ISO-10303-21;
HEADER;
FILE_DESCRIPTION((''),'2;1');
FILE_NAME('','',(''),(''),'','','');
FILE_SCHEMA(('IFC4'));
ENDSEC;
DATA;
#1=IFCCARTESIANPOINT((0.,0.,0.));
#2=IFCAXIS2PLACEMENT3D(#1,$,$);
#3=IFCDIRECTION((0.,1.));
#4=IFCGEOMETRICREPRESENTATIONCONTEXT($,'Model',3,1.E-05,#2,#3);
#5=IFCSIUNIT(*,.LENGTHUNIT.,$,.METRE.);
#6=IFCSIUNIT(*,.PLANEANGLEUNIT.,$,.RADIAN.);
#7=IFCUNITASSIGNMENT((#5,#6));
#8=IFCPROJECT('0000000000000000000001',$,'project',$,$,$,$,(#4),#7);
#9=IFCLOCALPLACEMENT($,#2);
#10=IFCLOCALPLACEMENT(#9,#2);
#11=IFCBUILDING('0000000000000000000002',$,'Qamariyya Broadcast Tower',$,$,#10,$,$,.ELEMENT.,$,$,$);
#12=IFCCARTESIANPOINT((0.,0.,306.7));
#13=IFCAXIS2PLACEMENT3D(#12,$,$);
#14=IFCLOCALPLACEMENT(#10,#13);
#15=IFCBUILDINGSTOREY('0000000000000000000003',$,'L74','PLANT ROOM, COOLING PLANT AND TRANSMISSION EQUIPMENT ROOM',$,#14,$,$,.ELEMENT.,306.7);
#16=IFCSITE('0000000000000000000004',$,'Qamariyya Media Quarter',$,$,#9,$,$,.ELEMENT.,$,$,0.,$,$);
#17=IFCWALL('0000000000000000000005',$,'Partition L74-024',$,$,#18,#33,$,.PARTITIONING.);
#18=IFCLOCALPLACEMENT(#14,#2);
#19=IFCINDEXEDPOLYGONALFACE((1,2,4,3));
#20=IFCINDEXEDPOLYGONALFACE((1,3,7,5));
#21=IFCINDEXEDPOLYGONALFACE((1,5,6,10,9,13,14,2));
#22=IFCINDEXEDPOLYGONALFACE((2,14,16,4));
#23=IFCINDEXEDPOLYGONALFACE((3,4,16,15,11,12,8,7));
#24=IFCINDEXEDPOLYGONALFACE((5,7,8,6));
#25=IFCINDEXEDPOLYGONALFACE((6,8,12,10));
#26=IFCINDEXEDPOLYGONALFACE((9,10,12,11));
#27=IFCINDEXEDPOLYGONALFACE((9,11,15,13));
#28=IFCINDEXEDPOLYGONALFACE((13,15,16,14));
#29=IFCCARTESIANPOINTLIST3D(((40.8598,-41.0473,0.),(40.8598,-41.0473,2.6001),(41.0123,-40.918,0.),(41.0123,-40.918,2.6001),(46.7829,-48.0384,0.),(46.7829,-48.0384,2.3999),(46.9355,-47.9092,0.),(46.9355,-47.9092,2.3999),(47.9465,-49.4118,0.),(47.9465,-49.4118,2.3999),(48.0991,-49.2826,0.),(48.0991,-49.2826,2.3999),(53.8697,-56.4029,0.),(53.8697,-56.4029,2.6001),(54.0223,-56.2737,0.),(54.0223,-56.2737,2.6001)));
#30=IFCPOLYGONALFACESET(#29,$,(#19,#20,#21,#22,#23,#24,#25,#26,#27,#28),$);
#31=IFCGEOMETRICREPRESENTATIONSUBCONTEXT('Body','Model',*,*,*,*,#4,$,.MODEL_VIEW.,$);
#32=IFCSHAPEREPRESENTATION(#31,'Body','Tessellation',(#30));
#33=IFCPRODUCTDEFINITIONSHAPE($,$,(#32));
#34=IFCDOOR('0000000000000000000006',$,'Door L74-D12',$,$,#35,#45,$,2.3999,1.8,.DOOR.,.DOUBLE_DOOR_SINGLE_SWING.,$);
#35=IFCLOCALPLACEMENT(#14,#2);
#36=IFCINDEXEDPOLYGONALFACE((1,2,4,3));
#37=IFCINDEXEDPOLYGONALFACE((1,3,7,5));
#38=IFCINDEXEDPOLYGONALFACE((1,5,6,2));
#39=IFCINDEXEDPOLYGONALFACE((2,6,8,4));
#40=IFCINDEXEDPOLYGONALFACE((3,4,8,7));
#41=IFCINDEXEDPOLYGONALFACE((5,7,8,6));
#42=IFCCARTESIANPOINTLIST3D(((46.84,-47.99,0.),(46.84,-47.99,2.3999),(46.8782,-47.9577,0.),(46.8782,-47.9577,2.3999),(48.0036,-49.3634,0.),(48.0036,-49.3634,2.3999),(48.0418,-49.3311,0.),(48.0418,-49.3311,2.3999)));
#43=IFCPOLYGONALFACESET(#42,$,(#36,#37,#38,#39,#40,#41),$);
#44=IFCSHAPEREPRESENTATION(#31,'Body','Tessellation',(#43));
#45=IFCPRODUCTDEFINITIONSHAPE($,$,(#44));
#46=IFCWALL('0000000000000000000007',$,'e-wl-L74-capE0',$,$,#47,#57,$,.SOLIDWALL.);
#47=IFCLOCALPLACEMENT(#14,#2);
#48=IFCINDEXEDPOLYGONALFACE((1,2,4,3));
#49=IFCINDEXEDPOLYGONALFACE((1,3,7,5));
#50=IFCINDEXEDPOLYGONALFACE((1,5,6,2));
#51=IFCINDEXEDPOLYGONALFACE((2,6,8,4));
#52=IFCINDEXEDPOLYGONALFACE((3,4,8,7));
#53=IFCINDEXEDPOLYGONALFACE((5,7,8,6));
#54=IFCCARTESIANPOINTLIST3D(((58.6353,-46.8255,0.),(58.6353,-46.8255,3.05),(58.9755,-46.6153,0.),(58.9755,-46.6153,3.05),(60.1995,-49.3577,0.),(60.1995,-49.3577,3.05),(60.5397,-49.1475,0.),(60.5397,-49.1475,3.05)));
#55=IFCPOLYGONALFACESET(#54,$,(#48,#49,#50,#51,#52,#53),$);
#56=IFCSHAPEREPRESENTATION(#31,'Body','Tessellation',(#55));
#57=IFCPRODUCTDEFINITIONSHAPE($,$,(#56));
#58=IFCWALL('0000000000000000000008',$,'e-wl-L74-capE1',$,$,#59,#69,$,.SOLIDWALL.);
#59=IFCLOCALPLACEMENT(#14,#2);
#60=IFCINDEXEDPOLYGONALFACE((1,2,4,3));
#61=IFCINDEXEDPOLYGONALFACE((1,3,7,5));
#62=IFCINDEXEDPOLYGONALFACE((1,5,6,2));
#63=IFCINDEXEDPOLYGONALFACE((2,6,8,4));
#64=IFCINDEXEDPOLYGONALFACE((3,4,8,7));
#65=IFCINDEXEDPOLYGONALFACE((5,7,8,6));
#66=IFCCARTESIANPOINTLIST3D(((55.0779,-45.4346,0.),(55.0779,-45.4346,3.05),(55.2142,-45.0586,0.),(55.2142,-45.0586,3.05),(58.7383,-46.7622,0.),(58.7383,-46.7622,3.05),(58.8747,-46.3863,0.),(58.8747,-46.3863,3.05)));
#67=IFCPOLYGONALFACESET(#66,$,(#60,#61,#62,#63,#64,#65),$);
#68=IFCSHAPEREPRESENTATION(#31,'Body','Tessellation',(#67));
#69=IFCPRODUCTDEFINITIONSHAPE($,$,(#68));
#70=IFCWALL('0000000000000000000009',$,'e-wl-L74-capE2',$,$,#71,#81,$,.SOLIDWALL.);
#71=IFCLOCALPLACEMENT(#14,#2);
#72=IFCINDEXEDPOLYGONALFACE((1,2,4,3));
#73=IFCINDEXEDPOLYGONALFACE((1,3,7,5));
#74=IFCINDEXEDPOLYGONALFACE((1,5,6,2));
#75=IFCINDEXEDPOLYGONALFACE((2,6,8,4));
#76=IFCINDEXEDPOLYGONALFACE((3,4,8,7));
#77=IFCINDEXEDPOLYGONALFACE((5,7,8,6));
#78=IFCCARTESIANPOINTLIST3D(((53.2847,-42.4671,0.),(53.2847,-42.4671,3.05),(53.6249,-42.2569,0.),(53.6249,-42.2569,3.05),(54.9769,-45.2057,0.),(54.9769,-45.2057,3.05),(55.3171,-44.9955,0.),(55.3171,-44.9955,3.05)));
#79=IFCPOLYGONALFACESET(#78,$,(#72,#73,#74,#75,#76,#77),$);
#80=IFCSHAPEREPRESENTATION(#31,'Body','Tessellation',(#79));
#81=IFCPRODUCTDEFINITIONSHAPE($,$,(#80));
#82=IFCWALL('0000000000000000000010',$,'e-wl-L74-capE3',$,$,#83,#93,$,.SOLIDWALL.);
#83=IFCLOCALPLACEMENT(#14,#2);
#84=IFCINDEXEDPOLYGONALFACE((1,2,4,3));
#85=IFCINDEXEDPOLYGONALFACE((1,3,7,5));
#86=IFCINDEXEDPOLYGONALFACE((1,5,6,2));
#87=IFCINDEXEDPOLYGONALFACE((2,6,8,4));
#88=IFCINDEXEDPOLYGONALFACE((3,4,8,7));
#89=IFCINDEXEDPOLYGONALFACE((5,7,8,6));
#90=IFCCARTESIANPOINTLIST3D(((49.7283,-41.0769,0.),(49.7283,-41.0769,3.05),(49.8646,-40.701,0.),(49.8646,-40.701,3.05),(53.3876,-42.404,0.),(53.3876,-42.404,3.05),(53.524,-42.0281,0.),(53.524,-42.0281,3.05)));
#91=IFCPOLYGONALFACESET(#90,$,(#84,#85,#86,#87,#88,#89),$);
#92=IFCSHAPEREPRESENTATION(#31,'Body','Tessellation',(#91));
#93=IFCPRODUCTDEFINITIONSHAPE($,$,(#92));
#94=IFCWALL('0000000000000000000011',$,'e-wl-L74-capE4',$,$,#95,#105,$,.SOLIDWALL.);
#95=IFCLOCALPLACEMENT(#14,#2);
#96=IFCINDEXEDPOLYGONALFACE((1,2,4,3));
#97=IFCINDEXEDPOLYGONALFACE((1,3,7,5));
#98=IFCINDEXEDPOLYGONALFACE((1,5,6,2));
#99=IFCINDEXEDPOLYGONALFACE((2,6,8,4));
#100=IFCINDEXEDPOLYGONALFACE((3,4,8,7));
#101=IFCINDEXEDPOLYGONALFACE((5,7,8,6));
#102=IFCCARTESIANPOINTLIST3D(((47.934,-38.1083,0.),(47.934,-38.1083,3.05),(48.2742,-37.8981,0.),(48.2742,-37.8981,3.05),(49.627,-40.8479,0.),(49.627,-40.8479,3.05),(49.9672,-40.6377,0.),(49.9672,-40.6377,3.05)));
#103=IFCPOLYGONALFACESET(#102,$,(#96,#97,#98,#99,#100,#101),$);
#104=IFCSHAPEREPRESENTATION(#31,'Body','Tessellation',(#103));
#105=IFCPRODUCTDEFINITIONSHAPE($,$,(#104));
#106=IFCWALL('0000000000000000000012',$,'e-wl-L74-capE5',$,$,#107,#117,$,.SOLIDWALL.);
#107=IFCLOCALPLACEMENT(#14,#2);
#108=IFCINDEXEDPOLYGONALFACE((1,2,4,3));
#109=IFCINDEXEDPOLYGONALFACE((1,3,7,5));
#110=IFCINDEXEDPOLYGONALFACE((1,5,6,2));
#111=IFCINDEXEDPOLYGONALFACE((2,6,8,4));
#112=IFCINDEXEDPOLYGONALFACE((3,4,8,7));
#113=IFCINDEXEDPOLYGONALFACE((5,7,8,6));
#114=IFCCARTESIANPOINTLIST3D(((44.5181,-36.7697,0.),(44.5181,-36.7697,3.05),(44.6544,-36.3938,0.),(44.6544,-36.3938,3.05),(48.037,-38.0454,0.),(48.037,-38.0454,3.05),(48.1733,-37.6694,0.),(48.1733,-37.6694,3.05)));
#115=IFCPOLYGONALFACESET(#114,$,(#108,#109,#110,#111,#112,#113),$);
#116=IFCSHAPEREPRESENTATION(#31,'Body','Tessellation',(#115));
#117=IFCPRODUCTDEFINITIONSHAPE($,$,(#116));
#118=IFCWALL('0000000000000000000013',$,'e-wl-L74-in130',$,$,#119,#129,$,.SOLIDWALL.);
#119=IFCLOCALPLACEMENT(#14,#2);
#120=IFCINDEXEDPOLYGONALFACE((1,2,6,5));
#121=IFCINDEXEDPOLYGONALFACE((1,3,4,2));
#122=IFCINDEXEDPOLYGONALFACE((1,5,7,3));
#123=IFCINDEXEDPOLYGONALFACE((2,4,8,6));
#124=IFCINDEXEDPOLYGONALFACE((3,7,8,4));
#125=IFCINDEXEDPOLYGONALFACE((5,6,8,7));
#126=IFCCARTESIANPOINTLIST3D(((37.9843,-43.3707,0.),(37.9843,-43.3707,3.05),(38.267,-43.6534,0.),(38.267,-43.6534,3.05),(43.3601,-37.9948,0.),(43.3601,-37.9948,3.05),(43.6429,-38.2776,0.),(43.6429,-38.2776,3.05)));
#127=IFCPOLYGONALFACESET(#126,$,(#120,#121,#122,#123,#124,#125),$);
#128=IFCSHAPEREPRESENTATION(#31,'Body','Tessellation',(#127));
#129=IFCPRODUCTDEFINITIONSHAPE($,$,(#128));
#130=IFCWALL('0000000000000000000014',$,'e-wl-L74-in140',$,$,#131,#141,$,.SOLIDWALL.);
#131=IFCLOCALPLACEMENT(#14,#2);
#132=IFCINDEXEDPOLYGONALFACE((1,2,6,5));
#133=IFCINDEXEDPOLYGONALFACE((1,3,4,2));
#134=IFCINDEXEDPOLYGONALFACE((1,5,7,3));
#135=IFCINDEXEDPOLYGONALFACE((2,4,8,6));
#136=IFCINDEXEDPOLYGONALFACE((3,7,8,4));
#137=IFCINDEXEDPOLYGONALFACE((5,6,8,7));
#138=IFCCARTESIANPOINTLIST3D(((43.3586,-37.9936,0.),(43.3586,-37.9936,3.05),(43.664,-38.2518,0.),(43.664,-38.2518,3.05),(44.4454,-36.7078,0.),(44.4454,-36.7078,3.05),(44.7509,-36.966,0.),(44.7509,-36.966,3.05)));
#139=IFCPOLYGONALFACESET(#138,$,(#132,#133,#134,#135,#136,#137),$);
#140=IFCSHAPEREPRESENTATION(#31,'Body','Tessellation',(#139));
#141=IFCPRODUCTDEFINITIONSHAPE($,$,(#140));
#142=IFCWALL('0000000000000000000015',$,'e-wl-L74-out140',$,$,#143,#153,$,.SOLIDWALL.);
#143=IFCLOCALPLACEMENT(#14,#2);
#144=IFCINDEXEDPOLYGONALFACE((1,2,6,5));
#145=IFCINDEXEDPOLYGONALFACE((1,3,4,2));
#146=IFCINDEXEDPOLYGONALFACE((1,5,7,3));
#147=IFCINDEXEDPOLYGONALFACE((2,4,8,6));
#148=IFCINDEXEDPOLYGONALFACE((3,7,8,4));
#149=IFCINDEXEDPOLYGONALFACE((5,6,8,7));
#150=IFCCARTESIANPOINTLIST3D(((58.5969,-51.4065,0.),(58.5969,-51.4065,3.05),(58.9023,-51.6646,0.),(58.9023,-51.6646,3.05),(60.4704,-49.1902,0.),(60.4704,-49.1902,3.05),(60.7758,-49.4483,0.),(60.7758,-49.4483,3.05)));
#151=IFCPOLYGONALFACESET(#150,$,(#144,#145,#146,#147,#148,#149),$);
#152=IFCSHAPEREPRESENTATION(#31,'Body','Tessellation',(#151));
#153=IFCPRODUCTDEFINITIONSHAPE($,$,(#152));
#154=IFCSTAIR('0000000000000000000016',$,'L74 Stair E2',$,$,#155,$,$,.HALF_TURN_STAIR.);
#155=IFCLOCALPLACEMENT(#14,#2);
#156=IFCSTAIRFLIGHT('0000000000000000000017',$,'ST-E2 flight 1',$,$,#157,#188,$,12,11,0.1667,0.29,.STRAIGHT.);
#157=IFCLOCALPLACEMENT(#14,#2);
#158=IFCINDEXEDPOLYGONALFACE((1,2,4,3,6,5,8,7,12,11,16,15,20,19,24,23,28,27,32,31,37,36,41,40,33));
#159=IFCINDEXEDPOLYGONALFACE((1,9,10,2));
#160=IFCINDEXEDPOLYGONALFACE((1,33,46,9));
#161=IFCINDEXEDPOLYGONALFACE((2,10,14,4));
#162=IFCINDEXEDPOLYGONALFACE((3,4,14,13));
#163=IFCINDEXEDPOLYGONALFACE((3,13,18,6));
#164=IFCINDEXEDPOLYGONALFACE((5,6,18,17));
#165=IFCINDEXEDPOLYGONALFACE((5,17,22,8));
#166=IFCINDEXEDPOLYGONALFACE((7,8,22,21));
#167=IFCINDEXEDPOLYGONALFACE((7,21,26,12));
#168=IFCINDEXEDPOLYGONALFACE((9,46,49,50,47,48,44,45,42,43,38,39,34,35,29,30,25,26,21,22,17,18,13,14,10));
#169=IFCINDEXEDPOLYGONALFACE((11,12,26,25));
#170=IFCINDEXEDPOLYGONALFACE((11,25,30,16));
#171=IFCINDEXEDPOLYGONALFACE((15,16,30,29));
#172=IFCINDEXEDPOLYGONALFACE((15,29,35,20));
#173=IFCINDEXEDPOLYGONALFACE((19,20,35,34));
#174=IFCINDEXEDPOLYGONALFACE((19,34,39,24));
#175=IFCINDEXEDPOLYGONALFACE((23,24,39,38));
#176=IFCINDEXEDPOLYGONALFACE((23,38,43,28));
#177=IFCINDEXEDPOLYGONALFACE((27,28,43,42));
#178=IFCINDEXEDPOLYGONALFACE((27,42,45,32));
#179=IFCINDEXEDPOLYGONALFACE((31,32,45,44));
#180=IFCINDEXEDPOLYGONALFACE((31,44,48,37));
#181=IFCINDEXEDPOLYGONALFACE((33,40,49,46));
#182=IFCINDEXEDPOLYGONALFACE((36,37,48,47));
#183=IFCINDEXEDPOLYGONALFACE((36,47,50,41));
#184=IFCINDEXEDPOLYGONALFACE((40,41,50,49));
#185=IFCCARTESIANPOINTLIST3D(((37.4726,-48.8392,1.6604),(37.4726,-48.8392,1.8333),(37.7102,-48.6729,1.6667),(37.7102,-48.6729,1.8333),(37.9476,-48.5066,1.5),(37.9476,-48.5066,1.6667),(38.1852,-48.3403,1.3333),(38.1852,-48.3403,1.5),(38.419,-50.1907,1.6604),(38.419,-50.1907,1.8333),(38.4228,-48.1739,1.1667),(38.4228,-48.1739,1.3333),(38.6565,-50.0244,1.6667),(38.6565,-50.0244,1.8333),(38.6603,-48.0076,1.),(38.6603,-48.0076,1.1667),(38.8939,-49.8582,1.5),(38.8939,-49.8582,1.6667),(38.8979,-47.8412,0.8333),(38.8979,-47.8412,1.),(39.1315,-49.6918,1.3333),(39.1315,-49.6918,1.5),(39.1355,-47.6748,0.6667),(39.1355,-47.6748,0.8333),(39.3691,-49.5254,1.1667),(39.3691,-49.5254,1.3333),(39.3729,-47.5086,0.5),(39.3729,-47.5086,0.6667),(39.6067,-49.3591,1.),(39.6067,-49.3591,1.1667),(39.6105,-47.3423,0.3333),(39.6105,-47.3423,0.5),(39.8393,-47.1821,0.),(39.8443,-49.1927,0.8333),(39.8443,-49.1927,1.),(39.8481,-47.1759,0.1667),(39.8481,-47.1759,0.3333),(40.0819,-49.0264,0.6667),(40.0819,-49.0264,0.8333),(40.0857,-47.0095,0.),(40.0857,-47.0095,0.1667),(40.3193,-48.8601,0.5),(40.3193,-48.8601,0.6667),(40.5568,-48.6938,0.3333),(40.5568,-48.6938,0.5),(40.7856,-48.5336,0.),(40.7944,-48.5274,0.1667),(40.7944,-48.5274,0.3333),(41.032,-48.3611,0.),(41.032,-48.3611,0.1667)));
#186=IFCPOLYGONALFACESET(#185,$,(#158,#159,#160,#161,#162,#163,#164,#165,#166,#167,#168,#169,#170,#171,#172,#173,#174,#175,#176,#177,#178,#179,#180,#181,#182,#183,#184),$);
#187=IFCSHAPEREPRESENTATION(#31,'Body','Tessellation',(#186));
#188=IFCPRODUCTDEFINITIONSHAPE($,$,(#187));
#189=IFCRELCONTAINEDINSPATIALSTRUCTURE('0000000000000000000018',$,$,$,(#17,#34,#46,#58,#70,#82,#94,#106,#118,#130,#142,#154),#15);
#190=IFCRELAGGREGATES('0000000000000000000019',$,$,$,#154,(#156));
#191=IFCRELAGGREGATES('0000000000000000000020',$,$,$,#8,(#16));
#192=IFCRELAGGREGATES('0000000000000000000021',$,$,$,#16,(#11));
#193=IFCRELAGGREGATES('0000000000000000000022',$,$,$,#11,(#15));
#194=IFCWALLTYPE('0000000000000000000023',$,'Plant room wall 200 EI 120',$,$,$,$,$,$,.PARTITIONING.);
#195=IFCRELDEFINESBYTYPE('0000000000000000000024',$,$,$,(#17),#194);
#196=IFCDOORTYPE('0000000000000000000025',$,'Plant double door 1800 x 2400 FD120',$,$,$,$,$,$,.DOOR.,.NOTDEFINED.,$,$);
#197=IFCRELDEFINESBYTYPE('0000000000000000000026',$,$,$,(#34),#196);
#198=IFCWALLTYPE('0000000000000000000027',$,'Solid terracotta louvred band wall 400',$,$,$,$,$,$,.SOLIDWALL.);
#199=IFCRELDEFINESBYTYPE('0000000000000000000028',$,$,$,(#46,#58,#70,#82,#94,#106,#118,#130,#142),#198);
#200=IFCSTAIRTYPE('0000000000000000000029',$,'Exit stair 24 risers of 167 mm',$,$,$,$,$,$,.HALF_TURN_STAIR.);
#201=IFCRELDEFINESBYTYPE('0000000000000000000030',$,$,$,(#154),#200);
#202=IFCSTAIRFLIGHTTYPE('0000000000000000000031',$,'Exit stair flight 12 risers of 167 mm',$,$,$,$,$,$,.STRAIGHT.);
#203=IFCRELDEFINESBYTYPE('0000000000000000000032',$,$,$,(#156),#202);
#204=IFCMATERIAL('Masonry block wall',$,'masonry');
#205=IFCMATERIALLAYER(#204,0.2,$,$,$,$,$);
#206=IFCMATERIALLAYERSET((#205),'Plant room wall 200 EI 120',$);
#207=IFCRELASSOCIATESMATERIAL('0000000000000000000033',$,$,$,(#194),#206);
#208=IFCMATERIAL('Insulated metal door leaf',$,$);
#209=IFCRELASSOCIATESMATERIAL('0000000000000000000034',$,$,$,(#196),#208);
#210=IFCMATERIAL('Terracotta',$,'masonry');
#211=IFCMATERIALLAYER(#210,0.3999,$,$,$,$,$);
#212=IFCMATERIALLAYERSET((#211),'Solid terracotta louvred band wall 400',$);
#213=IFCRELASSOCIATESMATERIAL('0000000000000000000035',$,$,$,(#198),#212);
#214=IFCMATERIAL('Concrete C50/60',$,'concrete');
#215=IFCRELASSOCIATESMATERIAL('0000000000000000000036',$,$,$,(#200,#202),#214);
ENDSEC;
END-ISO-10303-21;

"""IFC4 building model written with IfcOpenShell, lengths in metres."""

from ifc_helpers import new_model, si_unit, direction, frame, frame_2d, origin, place, context, subcontext, project, spatial, polyline, rectangle, outline, extrude, material, layer, layer_set, type_object, element, fill, aggregate, save


model = new_model("IFC4")

# Units and contexts
model_context = context("Model", 3, precision=1e-05, world=origin(), true_north=direction((0.0, 1.0)))
body_context = subcontext(model_context, "Body", "Model", "MODEL_VIEW")
ifc_project = project(units=[si_unit("LENGTHUNIT", "METRE"), si_unit("PLANEANGLEUNIT", "RADIAN")], contexts=[model_context])

# Site, building, storey
site_placement = place(None, origin())
site = spatial("IfcSite", under=ifc_project, at=site_placement, Name="Qamariyya Media Quarter", CompositionType="ELEMENT", RefElevation=0.0)
building_placement = place(site_placement, origin())
building = spatial("IfcBuilding", under=site, at=building_placement, Name="Qamariyya Broadcast Tower", CompositionType="ELEMENT")
storey_placement = place(building_placement, frame((0.0, 0.0, 306.7)))
storey = spatial("IfcBuildingStorey", under=building, at=storey_placement, Name="L74", Description="PLANT ROOM, COOLING PLANT AND TRANSMISSION EQUIPMENT ROOM", CompositionType="ELEMENT", Elevation=306.7)

# Shared definitions
ifc_material_1 = material(Name="Concrete C50/60", Category="concrete")

# Wall, opening, door
ifc_material_2 = material(Name="Masonry block wall", Category="masonry")
ifc_layer_1 = layer(ifc_material_2, 0.2)
ifc_layer_set_1 = layer_set([ifc_layer_1], Name="Plant room wall 200 EI 120")
wall_type_1 = type_object("IfcWallType", Name="Plant room wall 200 EI 120", PredefinedType="PARTITIONING", material=ifc_layer_set_1)
wall_1_placement = place(storey_placement, frame((40.936, -40.9827, 0.0), z_axis=(0.0, 0.0, 1.0), x_axis=(0.646426, -0.762977, 0.0)))
wall_1 = element("IfcWall", 1, at=wall_1_placement, inside=storey, type_object=wall_type_1, Name="Partition L74-024", PredefinedType="PARTITIONING", context=body_context, shape_type="SweptSolid", body=[
    extrude(rectangle(XDim=20.126, YDim=0.2, at=frame_2d((10.063, 0.0))), origin(), (0.0, 0.0, 1.0), 2.6001),
])
opening_1_placement = place(wall_1_placement, frame((9.1631, 0.0, 0.0)))
opening_1 = element("IfcOpeningElement", 2, at=opening_1_placement, cuts=wall_1, PredefinedType="OPENING", context=body_context, shape_type="SweptSolid", body=[
    extrude(rectangle(XDim=1.8, YDim=2.3999, at=frame_2d((0.8999, 1.2))), frame((0.0, 0.1099, 0.0), z_axis=(0.0, -1.0, 0.0), x_axis=(1.0, 0.0, 0.0)), (0.0, 0.0, 1.0), 0.22),
])
ifc_material_3 = material(Name="Insulated metal door leaf")
door_type_1 = type_object("IfcDoorType", Name="Plant double door 1800 x 2400 FD120", OperationType="NOTDEFINED", PredefinedType="DOOR", material=ifc_material_3)
door_1_placement = place(opening_1_placement, origin())
door_1 = element("IfcDoor", 3, at=door_1_placement, inside=storey, type_object=door_type_1, Name="Door L74-D12", OperationType="DOUBLE_DOOR_SINGLE_SWING", OverallHeight=2.3999, OverallWidth=1.8, PredefinedType="DOOR", context=body_context, shape_type="SweptSolid", body=[
    extrude(rectangle(XDim=1.8, YDim=2.3999, at=frame_2d((0.8999, 1.2))), frame((0.0, 0.0249, 0.0), z_axis=(0.0, -1.0, 0.0), x_axis=(1.0, 0.0, 0.0)), (0.0, 0.0, 1.0), 0.05),
])
fill(opening_1, door_1)

# Walls
ifc_material_4 = material(Name="Terracotta", Category="masonry")
ifc_layer_2 = layer(ifc_material_4, 0.3999)
ifc_layer_set_2 = layer_set([ifc_layer_2], Name="Solid terracotta louvred band wall 400")
wall_type_2 = type_object("IfcWallType", Name="Solid terracotta louvred band wall 400", PredefinedType="SOLIDWALL", material=ifc_layer_set_2)
wall_2_placement = place(storey_placement, frame((60.3696, -49.2527, 0.0), z_axis=(0.0, 0.0, 1.0), x_axis=(-0.525538, 0.85077, 0.0)))
element("IfcWall", 4, at=wall_2_placement, inside=storey, type_object=wall_type_2, Name="e-wl-L74-capE0", PredefinedType="SOLIDWALL", context=body_context, shape_type="SweptSolid", body=[
    extrude(rectangle(XDim=2.9763, YDim=0.3999, at=frame_2d((1.4883, 0.0))), origin(), (0.0, 0.0, 1.0), 3.05),
])
wall_3_placement = place(storey_placement, frame((58.8064, -46.5742, 0.0), z_axis=(0.0, 0.0, 1.0), x_axis=(-0.940075, 0.340968, 0.0)))
element("IfcWall", 5, at=wall_3_placement, inside=storey, type_object=wall_type_2, Name="e-wl-L74-capE1", PredefinedType="SOLIDWALL", context=body_context, shape_type="SweptSolid", body=[
    extrude(rectangle(XDim=3.8938, YDim=0.3999, at=frame_2d((1.9468, 0.0))), origin(), (0.0, 0.0, 1.0), 3.05),
])
wall_4_placement = place(storey_placement, frame((55.147, -45.1006, 0.0), z_axis=(0.0, 0.0, 1.0), x_axis=(-0.525649, 0.850701, 0.0)))
element("IfcWall", 6, at=wall_4_placement, inside=storey, type_object=wall_type_2, Name="e-wl-L74-capE2", PredefinedType="SOLIDWALL", context=body_context, shape_type="SweptSolid", body=[
    extrude(rectangle(XDim=3.2192, YDim=0.3999, at=frame_2d((1.6096, 0.0))), origin(), (0.0, 0.0, 1.0), 3.05),
])
wall_5_placement = place(storey_placement, frame((53.4558, -42.2161, 0.0), z_axis=(0.0, 0.0, 1.0), x_axis=(-0.940086, 0.340937, 0.0)))
element("IfcWall", 7, at=wall_5_placement, inside=storey, type_object=wall_type_2, Name="e-wl-L74-capE3", PredefinedType="SOLIDWALL", context=body_context, shape_type="SweptSolid", body=[
    extrude(rectangle(XDim=3.8926, YDim=0.3999, at=frame_2d((1.9463, 0.0))), origin(), (0.0, 0.0, 1.0), 3.05),
])
wall_6_placement = place(storey_placement, frame((49.7971, -40.7429, 0.0), z_axis=(0.0, 0.0, 1.0), x_axis=(-0.525678, 0.850683, 0.0)))
element("IfcWall", 8, at=wall_6_placement, inside=storey, type_object=wall_type_2, Name="e-wl-L74-capE4", PredefinedType="SOLIDWALL", context=body_context, shape_type="SweptSolid", body=[
    extrude(rectangle(XDim=3.2205, YDim=0.3999, at=frame_2d((1.6104, 0.0))), origin(), (0.0, 0.0, 1.0), 3.05),
])
wall_7_placement = place(storey_placement, frame((48.1052, -37.8574, 0.0), z_axis=(0.0, 0.0, 1.0), x_axis=(-0.94013, 0.340816, 0.0)))
element("IfcWall", 9, at=wall_7_placement, inside=storey, type_object=wall_type_2, Name="e-wl-L74-capE5", PredefinedType="SOLIDWALL", context=body_context, shape_type="SweptSolid", body=[
    extrude(rectangle(XDim=3.7429, YDim=0.3999, at=frame_2d((1.8716, 0.0))), origin(), (0.0, 0.0, 1.0), 3.05),
])
wall_8_placement = place(storey_placement, frame((43.5015, -38.1362, 0.0), z_axis=(0.0, 0.0, 1.0), x_axis=(-0.707107, -0.707107, 0.0)))
element("IfcWall", 10, at=wall_8_placement, inside=storey, type_object=wall_type_2, Name="e-wl-L74-in130", PredefinedType="SOLIDWALL", context=body_context, shape_type="SweptSolid", body=[
    extrude(rectangle(XDim=7.6025, YDim=0.3999, at=frame_2d((3.8013, 0.0))), origin(), (0.0, 0.0, 1.0), 3.05),
])
wall_9_placement = place(storey_placement, frame((44.5981, -36.8369, 0.0), z_axis=(0.0, 0.0, 1.0), x_axis=(-0.645546, -0.763722, 0.0)))
element("IfcWall", 11, at=wall_9_placement, inside=storey, type_object=wall_type_2, Name="e-wl-L74-in140", PredefinedType="SOLIDWALL", context=body_context, shape_type="SweptSolid", body=[
    extrude(rectangle(XDim=1.6836, YDim=0.3999, at=frame_2d((0.8418, 0.0))), origin(), (0.0, 0.0, 1.0), 3.05),
])
wall_10_placement = place(storey_placement, frame((58.7495, -51.5356, 0.0), z_axis=(0.0, 0.0, 1.0), x_axis=(0.64558, 0.763693, 0.0)))
element("IfcWall", 12, at=wall_10_placement, inside=storey, type_object=wall_type_2, Name="e-wl-L74-out140", PredefinedType="SOLIDWALL", context=body_context, shape_type="SweptSolid", body=[
    extrude(rectangle(XDim=2.9021, YDim=0.3999, at=frame_2d((1.4512, 0.0))), origin(), (0.0, 0.0, 1.0), 3.05),
])

# Stair, stair flight
stair_type = type_object("IfcStairType", Name="Exit stair 24 risers of 167 mm", PredefinedType="HALF_TURN_STAIR", material=ifc_material_1)
stair_1_placement = place(storey_placement, origin())
stair_1 = element("IfcStair", 13, at=stair_1_placement, inside=storey, type_object=stair_type, Name="L74 Stair E2", PredefinedType="HALF_TURN_STAIR")
stair_flight_type = type_object("IfcStairFlightType", Name="Exit stair flight 12 risers of 167 mm", PredefinedType="STRAIGHT", material=ifc_material_1)
stair_flight_1_placement = place(storey_placement, frame((40.5588, -47.6853, 0.0), z_axis=(0.0, 0.0, 1.0), x_axis=(-0.819152, -0.573576, 0.0)))
stair_flight_1 = element("IfcStairFlight", 14, at=stair_flight_1_placement, type_object=stair_flight_type, Name="ST-E2 flight 1", NumberOfRisers=12, NumberOfTreads=11, PredefinedType="STRAIGHT", RiserHeight=0.1667, TreadLength=0.29, context=body_context, shape_type="SweptSolid", body=[
    extrude(outline(polyline([(0.0, 0.0), (0.0, 0.1667), (0.29, 0.1667), (0.29, 0.3333), (0.5801, 0.3333), (0.5801, 0.5), (0.8701, 0.5), (0.8701, 0.6667), (1.1599, 0.6667), (1.1599, 0.8333), (1.45, 0.8333), (1.45, 1.0), (1.74, 1.0), (1.74, 1.1667), (2.03, 1.1667), (2.03, 1.3333), (2.3201, 1.3333), (2.3201, 1.5), (2.6101, 1.5), (2.6101, 1.6667), (2.8999, 1.6667), (2.8999, 1.8333), (3.1899, 1.8333), (3.1899, 2.0), (3.1899, 1.6604), (0.3008, 0.0), (0.0, 0.0)])), frame((0.0, 0.825, 0.0), z_axis=(0.0, -1.0, 0.0), x_axis=(1.0, 0.0, 0.0)), (0.0, 0.0, 1.0), 1.6499),
])
aggregate(stair_1, [stair_flight_1])

save(model, "model.ifc")
